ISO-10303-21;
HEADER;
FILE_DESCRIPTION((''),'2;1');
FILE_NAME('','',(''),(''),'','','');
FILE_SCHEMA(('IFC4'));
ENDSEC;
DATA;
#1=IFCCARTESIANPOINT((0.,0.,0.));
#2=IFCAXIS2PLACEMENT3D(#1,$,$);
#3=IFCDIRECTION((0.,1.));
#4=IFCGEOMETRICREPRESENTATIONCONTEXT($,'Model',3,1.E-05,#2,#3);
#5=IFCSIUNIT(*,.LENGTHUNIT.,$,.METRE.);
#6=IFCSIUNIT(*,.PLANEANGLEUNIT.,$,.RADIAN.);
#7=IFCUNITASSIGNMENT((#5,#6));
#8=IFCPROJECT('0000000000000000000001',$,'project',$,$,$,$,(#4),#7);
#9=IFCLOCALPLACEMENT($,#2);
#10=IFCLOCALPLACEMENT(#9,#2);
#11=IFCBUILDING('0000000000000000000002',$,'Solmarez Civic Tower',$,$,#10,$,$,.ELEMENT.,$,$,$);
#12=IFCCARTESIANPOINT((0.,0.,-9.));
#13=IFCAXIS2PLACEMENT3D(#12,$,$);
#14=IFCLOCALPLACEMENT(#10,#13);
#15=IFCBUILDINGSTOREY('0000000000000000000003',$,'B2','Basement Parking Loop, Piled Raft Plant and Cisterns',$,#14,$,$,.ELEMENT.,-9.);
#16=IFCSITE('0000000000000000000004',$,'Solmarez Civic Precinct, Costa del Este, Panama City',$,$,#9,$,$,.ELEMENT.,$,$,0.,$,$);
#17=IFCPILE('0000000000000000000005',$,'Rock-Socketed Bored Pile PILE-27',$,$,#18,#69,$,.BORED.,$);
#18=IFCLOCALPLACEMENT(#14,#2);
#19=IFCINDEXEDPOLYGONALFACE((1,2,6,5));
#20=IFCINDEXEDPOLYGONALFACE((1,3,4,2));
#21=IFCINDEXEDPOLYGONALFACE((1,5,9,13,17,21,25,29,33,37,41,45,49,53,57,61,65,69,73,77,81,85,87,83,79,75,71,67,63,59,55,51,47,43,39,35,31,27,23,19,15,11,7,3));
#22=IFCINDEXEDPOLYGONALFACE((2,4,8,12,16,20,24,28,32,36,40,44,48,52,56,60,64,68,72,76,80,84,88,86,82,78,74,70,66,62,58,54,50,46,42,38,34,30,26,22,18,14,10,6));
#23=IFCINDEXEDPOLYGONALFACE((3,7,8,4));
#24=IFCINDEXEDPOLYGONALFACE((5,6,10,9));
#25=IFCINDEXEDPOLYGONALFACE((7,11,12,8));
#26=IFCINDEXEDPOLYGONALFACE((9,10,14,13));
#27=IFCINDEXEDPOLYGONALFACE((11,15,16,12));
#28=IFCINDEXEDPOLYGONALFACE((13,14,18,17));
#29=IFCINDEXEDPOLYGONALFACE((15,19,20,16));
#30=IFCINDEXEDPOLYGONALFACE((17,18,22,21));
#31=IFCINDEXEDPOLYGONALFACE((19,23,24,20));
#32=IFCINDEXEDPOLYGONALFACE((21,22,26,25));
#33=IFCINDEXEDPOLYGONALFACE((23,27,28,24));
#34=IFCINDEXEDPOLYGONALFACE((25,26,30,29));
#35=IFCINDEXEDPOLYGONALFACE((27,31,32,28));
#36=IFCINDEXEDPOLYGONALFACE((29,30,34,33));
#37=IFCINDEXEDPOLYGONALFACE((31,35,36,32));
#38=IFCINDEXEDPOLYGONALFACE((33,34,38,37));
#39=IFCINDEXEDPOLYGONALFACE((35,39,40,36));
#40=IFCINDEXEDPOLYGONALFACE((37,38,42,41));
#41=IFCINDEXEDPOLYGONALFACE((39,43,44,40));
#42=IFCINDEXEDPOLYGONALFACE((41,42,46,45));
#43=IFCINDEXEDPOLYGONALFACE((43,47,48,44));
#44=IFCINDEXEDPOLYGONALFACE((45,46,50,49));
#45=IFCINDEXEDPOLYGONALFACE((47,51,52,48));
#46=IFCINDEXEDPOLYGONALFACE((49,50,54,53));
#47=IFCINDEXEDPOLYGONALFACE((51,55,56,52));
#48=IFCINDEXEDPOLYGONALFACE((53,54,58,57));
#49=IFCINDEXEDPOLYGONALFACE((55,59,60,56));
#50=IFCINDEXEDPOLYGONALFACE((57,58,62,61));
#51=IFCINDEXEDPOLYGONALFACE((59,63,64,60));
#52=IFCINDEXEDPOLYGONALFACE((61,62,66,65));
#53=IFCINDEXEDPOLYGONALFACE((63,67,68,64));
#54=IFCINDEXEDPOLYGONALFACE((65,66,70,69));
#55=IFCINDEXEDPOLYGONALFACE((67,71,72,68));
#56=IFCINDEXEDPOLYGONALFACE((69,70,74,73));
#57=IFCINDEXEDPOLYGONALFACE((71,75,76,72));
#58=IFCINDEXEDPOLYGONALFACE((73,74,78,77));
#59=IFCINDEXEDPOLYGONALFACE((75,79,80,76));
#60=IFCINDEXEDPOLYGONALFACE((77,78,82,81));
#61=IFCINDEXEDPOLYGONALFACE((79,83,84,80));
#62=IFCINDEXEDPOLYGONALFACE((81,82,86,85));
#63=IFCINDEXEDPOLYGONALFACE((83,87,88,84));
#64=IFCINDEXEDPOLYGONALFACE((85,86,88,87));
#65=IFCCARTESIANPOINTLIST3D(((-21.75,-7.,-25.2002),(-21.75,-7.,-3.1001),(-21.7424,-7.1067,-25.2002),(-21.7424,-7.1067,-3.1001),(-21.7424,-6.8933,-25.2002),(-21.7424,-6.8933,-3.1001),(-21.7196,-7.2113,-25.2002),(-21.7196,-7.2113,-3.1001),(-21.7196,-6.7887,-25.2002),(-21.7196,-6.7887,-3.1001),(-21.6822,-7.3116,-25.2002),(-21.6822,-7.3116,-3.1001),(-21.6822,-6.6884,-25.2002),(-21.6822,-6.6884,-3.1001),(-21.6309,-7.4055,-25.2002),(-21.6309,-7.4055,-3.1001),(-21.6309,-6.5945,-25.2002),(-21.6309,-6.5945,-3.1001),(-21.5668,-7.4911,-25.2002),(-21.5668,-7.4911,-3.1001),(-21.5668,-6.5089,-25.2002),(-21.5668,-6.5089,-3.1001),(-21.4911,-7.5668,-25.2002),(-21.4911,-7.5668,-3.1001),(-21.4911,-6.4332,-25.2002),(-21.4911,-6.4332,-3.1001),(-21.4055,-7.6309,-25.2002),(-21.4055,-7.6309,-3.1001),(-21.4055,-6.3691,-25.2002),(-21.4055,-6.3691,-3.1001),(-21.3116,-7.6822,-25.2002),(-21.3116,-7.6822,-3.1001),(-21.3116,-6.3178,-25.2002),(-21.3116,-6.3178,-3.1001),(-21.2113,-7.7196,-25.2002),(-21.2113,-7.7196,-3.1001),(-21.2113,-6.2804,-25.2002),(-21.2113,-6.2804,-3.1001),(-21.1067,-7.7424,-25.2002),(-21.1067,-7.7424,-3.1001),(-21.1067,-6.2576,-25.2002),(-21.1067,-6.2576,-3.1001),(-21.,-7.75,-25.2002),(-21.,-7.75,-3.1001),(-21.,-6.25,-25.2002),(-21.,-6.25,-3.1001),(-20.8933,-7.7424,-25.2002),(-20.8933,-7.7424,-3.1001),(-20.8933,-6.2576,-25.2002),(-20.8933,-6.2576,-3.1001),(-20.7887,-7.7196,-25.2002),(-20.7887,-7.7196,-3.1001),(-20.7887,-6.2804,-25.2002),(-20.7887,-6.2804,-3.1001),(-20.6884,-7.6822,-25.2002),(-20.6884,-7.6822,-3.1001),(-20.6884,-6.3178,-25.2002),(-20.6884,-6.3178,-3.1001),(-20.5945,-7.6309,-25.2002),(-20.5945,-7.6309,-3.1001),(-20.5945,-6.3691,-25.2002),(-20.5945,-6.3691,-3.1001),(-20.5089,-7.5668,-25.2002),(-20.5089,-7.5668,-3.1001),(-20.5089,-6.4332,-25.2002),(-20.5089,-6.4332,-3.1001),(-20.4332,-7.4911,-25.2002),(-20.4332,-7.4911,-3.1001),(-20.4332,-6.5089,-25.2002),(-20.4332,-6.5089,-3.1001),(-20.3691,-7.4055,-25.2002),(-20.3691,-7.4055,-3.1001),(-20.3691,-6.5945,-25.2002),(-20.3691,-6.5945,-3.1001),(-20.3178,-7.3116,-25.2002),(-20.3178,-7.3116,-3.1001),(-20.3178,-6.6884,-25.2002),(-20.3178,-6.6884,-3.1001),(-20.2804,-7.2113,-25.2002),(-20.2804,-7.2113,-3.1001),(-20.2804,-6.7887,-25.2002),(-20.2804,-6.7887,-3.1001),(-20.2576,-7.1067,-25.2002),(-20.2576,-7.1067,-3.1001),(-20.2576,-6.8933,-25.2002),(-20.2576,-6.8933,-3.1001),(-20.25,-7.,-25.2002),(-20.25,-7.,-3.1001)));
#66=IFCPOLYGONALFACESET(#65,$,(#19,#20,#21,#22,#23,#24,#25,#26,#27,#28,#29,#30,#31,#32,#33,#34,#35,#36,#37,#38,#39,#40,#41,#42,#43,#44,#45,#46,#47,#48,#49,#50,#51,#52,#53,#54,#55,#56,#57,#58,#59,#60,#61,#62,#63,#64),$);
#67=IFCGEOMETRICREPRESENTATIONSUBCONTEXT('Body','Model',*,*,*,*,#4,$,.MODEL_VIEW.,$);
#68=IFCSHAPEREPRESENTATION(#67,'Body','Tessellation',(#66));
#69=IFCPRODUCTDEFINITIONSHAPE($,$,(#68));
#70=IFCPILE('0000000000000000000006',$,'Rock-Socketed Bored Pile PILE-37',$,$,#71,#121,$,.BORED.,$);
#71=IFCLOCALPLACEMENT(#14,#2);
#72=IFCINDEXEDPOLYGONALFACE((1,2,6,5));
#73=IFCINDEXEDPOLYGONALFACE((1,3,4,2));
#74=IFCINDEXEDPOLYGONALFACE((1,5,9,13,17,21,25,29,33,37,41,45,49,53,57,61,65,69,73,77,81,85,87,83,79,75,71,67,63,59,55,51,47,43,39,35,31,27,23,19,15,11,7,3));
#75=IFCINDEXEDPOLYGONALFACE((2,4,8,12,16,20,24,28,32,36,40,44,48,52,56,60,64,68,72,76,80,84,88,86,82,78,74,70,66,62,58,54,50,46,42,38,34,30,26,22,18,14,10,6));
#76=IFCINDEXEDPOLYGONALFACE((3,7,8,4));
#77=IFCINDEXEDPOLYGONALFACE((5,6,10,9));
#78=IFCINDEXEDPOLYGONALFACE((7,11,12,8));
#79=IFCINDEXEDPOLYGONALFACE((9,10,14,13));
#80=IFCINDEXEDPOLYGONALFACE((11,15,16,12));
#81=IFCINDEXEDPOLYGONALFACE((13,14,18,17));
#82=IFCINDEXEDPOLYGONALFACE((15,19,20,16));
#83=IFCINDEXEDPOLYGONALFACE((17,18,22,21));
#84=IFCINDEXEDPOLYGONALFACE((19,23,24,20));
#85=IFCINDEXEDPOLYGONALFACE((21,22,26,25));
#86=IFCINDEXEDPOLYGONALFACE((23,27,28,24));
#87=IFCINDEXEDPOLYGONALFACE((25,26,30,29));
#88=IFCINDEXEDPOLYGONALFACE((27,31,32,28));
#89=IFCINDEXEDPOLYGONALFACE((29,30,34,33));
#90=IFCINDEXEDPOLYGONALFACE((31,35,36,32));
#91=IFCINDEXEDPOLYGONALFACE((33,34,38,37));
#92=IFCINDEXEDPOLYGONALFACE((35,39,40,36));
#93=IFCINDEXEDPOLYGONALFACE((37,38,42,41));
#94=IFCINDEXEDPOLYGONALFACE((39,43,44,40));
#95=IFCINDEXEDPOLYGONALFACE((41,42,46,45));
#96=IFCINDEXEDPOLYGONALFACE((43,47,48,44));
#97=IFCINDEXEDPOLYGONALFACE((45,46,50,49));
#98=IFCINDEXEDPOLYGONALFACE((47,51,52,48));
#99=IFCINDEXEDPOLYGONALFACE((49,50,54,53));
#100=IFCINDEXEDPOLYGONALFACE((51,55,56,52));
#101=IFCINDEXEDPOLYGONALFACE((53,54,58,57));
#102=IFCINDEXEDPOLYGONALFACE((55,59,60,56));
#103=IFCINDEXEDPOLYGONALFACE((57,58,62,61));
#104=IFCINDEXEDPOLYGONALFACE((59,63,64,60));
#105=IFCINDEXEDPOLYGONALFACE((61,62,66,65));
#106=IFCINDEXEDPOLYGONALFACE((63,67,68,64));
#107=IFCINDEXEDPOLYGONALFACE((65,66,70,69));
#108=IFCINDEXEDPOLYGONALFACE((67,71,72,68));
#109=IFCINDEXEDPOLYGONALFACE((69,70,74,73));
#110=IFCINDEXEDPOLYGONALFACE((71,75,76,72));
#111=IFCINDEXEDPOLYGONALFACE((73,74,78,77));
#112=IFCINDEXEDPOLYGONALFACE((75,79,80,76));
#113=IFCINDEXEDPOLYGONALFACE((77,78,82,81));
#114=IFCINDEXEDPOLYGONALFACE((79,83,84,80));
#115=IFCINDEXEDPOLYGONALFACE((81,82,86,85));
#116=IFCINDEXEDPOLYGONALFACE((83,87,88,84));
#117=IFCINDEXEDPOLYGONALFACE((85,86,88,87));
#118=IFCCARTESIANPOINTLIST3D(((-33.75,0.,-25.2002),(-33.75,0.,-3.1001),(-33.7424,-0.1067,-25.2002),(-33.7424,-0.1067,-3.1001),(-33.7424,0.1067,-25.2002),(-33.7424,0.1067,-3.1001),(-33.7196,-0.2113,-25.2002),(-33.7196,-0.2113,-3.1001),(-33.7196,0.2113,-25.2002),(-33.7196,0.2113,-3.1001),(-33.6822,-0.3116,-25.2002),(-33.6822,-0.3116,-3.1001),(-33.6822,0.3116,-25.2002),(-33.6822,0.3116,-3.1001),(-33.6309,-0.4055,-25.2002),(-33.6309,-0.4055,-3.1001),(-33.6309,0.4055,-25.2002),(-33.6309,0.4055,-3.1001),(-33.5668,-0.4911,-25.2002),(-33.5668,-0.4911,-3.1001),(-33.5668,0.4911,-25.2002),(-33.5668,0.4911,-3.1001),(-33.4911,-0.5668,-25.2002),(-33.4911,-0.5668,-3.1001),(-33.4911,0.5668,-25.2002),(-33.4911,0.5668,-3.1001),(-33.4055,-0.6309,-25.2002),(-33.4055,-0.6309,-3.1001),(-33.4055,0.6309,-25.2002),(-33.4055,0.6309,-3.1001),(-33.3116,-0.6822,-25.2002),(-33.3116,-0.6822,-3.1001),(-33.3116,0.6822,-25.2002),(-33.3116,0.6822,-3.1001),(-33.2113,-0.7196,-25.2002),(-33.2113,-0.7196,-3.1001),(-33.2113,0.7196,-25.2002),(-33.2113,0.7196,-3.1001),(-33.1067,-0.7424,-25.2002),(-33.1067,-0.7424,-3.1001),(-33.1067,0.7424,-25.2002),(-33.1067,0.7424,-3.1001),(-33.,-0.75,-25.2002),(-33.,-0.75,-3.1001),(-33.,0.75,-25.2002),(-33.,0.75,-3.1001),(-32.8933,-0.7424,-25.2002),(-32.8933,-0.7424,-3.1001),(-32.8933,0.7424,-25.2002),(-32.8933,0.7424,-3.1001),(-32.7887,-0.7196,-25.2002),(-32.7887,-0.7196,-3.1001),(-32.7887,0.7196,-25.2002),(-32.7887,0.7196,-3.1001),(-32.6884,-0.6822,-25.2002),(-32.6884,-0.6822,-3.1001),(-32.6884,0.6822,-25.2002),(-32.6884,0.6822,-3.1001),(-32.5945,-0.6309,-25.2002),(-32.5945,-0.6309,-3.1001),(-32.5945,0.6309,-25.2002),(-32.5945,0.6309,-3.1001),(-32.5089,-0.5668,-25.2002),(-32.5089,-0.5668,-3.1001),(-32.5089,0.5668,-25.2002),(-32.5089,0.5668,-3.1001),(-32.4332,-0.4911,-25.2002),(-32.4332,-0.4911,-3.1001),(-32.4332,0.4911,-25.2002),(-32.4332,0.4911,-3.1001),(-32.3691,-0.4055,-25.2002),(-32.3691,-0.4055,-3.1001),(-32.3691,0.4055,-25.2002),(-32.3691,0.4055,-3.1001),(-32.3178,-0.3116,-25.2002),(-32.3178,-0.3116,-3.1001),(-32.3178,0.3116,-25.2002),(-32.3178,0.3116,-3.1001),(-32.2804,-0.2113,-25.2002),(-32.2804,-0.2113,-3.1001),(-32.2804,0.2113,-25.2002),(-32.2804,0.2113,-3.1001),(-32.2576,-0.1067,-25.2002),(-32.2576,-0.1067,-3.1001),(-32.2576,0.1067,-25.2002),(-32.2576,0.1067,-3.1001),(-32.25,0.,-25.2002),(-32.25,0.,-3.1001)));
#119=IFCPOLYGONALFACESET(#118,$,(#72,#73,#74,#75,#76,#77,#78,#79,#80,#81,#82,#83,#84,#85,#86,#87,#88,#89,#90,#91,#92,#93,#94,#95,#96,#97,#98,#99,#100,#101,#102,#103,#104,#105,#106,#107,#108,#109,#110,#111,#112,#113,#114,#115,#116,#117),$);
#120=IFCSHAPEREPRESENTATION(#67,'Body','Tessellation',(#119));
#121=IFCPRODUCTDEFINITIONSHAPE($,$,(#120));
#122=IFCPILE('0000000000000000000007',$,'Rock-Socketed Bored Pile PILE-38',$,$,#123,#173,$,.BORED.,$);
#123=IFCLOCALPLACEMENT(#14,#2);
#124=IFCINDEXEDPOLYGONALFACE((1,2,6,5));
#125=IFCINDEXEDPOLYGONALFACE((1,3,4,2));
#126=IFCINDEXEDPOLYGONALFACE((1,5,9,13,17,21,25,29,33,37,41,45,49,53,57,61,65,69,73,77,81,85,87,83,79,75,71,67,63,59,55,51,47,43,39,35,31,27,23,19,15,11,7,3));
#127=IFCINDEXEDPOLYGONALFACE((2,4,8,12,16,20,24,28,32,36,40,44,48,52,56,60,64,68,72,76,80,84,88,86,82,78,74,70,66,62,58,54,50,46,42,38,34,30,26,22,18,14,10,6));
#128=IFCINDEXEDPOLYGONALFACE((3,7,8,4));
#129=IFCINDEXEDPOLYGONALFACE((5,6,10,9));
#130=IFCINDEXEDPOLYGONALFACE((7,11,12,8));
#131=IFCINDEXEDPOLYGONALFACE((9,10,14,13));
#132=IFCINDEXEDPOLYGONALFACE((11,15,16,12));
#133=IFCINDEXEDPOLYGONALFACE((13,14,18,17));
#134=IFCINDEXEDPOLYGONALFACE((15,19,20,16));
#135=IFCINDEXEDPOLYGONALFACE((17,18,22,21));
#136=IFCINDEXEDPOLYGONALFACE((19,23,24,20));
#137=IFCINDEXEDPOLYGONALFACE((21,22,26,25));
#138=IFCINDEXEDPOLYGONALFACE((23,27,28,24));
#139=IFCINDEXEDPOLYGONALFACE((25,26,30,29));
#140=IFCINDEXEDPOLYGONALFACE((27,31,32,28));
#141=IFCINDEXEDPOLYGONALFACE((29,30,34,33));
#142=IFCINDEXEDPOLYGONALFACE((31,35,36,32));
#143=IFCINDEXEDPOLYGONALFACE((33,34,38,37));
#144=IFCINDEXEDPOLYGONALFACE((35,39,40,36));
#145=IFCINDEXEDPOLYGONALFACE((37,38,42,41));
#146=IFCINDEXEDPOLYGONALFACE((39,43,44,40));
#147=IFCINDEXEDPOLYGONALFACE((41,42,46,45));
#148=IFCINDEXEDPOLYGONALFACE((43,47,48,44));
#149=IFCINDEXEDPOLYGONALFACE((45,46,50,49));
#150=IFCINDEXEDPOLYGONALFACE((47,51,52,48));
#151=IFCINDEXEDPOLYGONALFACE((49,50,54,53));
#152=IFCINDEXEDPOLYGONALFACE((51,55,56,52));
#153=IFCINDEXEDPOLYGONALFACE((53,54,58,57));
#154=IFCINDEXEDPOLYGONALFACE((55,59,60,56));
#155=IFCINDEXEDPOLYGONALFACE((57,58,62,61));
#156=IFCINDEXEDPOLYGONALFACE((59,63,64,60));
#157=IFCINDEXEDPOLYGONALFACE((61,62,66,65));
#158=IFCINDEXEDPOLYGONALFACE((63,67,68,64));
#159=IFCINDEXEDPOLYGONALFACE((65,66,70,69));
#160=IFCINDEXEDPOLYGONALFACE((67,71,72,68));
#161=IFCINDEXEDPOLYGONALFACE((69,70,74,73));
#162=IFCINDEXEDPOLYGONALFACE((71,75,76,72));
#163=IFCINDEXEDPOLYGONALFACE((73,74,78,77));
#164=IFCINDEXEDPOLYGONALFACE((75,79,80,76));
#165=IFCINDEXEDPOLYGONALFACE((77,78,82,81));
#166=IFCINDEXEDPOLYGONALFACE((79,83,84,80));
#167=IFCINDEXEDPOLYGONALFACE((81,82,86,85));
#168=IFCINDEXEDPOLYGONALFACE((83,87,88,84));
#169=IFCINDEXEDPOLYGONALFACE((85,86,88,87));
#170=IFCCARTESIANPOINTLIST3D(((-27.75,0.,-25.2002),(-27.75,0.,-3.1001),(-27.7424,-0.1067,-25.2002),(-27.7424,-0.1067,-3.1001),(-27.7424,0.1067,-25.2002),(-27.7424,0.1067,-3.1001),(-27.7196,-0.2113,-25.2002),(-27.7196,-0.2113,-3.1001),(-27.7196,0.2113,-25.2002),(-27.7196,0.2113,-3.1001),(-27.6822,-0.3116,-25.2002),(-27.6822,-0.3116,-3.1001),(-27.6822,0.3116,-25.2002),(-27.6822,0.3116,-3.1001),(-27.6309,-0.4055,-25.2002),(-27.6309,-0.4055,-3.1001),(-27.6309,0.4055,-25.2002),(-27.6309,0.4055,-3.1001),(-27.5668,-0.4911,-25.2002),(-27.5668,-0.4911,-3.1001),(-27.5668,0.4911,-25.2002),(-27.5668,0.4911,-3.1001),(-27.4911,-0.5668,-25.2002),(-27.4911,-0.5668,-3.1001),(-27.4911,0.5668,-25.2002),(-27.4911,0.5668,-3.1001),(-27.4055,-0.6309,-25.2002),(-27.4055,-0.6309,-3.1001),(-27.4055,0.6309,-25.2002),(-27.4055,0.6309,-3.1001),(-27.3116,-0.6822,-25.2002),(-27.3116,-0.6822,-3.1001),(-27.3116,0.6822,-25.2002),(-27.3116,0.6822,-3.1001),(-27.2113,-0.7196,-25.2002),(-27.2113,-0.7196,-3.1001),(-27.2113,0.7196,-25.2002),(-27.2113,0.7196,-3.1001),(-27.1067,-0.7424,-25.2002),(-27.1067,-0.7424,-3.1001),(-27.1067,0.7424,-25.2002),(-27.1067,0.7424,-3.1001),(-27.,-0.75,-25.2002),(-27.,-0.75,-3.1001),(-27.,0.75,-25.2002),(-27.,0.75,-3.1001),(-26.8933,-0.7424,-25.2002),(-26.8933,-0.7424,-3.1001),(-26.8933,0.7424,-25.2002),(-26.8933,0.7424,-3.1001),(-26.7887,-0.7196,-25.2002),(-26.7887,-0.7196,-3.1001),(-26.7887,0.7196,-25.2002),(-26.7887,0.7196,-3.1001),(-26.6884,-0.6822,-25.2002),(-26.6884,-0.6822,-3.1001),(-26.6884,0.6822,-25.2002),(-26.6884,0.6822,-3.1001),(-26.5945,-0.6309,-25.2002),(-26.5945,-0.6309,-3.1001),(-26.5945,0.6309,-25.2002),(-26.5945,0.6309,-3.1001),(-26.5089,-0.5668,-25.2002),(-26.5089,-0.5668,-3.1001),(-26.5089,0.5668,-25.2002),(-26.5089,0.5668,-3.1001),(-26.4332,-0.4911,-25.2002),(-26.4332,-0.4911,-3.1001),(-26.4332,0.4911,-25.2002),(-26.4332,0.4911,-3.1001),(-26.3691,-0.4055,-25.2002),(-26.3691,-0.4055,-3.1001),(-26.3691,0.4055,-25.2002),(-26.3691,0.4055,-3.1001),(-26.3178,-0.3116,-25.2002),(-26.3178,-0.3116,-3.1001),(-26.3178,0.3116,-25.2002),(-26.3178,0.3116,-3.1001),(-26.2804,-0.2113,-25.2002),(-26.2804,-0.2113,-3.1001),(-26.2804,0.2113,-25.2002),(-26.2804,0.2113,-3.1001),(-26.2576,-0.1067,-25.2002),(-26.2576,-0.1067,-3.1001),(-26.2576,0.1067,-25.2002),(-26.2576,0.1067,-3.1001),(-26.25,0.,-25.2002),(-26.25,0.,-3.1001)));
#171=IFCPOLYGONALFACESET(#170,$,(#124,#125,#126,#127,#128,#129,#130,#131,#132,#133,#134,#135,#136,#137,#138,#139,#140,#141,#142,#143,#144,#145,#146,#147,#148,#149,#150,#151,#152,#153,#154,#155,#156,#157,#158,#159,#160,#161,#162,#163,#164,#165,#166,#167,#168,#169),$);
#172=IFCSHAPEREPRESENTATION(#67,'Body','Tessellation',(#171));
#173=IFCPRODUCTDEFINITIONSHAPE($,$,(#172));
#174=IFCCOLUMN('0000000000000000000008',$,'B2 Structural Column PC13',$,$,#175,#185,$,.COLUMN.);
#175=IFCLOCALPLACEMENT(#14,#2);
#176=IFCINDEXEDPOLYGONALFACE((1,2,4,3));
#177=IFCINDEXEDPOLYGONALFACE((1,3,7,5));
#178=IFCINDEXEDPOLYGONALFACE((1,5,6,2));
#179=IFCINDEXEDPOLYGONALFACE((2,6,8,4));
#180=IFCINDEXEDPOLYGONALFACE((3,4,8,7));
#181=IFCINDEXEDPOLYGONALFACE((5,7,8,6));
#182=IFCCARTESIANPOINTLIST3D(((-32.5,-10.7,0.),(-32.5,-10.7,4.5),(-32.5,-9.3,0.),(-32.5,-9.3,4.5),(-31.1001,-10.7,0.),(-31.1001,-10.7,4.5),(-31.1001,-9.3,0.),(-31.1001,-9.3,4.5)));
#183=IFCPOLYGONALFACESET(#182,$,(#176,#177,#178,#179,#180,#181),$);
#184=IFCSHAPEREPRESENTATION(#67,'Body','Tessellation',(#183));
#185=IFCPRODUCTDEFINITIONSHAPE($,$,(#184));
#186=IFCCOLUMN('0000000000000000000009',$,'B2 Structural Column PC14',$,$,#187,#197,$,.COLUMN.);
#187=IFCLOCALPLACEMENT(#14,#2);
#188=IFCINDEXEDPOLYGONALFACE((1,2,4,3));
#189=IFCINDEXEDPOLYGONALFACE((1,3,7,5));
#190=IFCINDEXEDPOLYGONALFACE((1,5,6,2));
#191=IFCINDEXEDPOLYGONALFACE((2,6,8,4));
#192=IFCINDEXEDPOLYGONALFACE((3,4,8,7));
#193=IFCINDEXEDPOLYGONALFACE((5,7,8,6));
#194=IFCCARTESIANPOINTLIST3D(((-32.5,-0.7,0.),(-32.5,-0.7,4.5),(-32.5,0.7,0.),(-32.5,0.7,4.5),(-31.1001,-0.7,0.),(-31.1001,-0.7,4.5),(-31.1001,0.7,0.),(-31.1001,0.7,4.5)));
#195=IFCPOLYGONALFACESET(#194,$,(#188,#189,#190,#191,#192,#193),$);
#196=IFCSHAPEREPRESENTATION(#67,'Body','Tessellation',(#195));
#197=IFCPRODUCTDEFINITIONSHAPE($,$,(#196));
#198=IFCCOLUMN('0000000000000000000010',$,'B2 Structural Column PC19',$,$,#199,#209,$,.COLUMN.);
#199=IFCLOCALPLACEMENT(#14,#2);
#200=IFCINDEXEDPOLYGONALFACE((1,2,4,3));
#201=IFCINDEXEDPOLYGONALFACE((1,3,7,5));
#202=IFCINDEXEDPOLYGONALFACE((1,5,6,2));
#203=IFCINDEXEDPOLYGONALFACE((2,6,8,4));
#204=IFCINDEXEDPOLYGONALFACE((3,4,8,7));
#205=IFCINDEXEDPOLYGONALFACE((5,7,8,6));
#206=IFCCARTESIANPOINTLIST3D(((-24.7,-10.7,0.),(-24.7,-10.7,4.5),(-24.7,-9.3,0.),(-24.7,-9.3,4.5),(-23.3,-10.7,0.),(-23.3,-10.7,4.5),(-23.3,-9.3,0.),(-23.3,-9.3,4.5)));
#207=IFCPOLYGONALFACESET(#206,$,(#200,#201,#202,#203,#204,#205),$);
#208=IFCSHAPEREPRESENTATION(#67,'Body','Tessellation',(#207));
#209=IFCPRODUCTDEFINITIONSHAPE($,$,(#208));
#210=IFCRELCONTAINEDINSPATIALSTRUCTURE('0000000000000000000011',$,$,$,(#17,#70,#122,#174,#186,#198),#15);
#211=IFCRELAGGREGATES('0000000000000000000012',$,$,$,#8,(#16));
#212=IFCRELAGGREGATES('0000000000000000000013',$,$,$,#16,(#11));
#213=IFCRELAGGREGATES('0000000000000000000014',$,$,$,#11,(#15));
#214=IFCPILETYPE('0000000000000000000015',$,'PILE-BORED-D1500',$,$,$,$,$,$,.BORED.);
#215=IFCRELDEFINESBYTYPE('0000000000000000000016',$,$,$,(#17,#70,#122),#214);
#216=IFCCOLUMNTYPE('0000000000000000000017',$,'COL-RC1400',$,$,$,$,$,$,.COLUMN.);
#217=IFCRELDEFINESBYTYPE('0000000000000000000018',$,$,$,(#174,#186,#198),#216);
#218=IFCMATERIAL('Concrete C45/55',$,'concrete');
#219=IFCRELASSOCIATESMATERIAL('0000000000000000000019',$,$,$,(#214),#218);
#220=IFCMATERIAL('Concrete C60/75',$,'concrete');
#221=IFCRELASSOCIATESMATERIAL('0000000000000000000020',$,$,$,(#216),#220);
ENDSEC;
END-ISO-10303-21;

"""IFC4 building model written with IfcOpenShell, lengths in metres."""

from ifc_helpers import new_model, si_unit, direction, frame, origin, origin_2d, place, context, subcontext, project, spatial, rectangle, circle, extrude, material, material_profile, profile_set, type_object, element, save


model = new_model("IFC4")

# Units and contexts
model_context = context("Model", 3, precision=1e-05, world=origin(), true_north=direction((0.0, 1.0)))
body_context = subcontext(model_context, "Body", "Model", "MODEL_VIEW")
ifc_project = project(units=[si_unit("LENGTHUNIT", "METRE"), si_unit("PLANEANGLEUNIT", "RADIAN")], contexts=[model_context])

# Site, building, storey
site_placement = place(None, origin())
site = spatial("IfcSite", under=ifc_project, at=site_placement, Name="Solmarez Civic Precinct, Costa del Este, Panama City", CompositionType="ELEMENT", RefElevation=0.0)
building_placement = place(site_placement, origin())
building = spatial("IfcBuilding", under=site, at=building_placement, Name="Solmarez Civic Tower", CompositionType="ELEMENT")
storey_placement = place(building_placement, frame((0.0, 0.0, -9.0)))
storey = spatial("IfcBuildingStorey", under=building, at=storey_placement, Name="B2", Description="Basement Parking Loop, Piled Raft Plant and Cisterns", CompositionType="ELEMENT", Elevation=-9.0)

# Piles
ifc_material_1 = material(Name="Concrete C45/55", Category="concrete")
ifc_material_profile_1 = material_profile(ifc_material_1, circle(Radius=0.75, at=origin_2d()), Name="PILE-D1500")
ifc_profile_set_1 = profile_set([ifc_material_profile_1], Name="Concrete C45/55")
pile_type = type_object("IfcPileType", Name="PILE-BORED-D1500", PredefinedType="BORED", material=ifc_profile_set_1)
for number, where, z_axis, x_axis, name in (
    (1, (-21.0, -7.0, -3.1001), (0.0, 0.0, -1.0), (1.0, 0.0, 0.0), "Rock-Socketed Bored Pile PILE-27"),
    (2, (-33.0, 0.0, -3.1001), (0.0, 0.0, -1.0), (1.0, 0.0, 0.0), "Rock-Socketed Bored Pile PILE-37"),
    (3, (-27.0, 0.0, -3.1001), (0.0, 0.0, -1.0), (1.0, 0.0, 0.0), "Rock-Socketed Bored Pile PILE-38"),
):
    element("IfcPile", number, at=place(storey_placement, frame(where, z_axis=z_axis, x_axis=x_axis)), inside=storey, type_object=pile_type, Name=name, PredefinedType="BORED", context=body_context, shape_type="SweptSolid", body=[
        extrude(circle(Radius=0.75, at=origin_2d()), origin(), (0.0, 0.0, 1.0), 22.1001),
    ])

# Columns
ifc_material_2 = material(Name="Concrete C60/75", Category="concrete")
ifc_material_profile_2 = material_profile(ifc_material_2, rectangle(XDim=1.3999, YDim=1.3999, at=origin_2d()), Name="RC1400X1400")
ifc_profile_set_2 = profile_set([ifc_material_profile_2], Name="Concrete C60/75")
column_type = type_object("IfcColumnType", Name="COL-RC1400", PredefinedType="COLUMN", material=ifc_profile_set_2)
for number, where, z_axis, x_axis, name in (
    (4, (-31.8, -10.0, 0.0), (0.0, 0.0, 1.0), (1.0, 0.0, 0.0), "B2 Structural Column PC13"),
    (5, (-31.8, 0.0, 0.0), (0.0, 0.0, 1.0), (1.0, 0.0, 0.0), "B2 Structural Column PC14"),
    (6, (-24.0, -10.0, 0.0), (0.0, 0.0, 1.0), (1.0, 0.0, 0.0), "B2 Structural Column PC19"),
):
    element("IfcColumn", number, at=place(storey_placement, frame(where, z_axis=z_axis, x_axis=x_axis)), inside=storey, type_object=column_type, Name=name, PredefinedType="COLUMN", context=body_context, shape_type="SweptSolid", body=[
        extrude(rectangle(XDim=1.3999, YDim=1.3999, at=origin_2d()), origin(), (0.0, 0.0, 1.0), 4.5),
    ])

save(model, "model.ifc")
